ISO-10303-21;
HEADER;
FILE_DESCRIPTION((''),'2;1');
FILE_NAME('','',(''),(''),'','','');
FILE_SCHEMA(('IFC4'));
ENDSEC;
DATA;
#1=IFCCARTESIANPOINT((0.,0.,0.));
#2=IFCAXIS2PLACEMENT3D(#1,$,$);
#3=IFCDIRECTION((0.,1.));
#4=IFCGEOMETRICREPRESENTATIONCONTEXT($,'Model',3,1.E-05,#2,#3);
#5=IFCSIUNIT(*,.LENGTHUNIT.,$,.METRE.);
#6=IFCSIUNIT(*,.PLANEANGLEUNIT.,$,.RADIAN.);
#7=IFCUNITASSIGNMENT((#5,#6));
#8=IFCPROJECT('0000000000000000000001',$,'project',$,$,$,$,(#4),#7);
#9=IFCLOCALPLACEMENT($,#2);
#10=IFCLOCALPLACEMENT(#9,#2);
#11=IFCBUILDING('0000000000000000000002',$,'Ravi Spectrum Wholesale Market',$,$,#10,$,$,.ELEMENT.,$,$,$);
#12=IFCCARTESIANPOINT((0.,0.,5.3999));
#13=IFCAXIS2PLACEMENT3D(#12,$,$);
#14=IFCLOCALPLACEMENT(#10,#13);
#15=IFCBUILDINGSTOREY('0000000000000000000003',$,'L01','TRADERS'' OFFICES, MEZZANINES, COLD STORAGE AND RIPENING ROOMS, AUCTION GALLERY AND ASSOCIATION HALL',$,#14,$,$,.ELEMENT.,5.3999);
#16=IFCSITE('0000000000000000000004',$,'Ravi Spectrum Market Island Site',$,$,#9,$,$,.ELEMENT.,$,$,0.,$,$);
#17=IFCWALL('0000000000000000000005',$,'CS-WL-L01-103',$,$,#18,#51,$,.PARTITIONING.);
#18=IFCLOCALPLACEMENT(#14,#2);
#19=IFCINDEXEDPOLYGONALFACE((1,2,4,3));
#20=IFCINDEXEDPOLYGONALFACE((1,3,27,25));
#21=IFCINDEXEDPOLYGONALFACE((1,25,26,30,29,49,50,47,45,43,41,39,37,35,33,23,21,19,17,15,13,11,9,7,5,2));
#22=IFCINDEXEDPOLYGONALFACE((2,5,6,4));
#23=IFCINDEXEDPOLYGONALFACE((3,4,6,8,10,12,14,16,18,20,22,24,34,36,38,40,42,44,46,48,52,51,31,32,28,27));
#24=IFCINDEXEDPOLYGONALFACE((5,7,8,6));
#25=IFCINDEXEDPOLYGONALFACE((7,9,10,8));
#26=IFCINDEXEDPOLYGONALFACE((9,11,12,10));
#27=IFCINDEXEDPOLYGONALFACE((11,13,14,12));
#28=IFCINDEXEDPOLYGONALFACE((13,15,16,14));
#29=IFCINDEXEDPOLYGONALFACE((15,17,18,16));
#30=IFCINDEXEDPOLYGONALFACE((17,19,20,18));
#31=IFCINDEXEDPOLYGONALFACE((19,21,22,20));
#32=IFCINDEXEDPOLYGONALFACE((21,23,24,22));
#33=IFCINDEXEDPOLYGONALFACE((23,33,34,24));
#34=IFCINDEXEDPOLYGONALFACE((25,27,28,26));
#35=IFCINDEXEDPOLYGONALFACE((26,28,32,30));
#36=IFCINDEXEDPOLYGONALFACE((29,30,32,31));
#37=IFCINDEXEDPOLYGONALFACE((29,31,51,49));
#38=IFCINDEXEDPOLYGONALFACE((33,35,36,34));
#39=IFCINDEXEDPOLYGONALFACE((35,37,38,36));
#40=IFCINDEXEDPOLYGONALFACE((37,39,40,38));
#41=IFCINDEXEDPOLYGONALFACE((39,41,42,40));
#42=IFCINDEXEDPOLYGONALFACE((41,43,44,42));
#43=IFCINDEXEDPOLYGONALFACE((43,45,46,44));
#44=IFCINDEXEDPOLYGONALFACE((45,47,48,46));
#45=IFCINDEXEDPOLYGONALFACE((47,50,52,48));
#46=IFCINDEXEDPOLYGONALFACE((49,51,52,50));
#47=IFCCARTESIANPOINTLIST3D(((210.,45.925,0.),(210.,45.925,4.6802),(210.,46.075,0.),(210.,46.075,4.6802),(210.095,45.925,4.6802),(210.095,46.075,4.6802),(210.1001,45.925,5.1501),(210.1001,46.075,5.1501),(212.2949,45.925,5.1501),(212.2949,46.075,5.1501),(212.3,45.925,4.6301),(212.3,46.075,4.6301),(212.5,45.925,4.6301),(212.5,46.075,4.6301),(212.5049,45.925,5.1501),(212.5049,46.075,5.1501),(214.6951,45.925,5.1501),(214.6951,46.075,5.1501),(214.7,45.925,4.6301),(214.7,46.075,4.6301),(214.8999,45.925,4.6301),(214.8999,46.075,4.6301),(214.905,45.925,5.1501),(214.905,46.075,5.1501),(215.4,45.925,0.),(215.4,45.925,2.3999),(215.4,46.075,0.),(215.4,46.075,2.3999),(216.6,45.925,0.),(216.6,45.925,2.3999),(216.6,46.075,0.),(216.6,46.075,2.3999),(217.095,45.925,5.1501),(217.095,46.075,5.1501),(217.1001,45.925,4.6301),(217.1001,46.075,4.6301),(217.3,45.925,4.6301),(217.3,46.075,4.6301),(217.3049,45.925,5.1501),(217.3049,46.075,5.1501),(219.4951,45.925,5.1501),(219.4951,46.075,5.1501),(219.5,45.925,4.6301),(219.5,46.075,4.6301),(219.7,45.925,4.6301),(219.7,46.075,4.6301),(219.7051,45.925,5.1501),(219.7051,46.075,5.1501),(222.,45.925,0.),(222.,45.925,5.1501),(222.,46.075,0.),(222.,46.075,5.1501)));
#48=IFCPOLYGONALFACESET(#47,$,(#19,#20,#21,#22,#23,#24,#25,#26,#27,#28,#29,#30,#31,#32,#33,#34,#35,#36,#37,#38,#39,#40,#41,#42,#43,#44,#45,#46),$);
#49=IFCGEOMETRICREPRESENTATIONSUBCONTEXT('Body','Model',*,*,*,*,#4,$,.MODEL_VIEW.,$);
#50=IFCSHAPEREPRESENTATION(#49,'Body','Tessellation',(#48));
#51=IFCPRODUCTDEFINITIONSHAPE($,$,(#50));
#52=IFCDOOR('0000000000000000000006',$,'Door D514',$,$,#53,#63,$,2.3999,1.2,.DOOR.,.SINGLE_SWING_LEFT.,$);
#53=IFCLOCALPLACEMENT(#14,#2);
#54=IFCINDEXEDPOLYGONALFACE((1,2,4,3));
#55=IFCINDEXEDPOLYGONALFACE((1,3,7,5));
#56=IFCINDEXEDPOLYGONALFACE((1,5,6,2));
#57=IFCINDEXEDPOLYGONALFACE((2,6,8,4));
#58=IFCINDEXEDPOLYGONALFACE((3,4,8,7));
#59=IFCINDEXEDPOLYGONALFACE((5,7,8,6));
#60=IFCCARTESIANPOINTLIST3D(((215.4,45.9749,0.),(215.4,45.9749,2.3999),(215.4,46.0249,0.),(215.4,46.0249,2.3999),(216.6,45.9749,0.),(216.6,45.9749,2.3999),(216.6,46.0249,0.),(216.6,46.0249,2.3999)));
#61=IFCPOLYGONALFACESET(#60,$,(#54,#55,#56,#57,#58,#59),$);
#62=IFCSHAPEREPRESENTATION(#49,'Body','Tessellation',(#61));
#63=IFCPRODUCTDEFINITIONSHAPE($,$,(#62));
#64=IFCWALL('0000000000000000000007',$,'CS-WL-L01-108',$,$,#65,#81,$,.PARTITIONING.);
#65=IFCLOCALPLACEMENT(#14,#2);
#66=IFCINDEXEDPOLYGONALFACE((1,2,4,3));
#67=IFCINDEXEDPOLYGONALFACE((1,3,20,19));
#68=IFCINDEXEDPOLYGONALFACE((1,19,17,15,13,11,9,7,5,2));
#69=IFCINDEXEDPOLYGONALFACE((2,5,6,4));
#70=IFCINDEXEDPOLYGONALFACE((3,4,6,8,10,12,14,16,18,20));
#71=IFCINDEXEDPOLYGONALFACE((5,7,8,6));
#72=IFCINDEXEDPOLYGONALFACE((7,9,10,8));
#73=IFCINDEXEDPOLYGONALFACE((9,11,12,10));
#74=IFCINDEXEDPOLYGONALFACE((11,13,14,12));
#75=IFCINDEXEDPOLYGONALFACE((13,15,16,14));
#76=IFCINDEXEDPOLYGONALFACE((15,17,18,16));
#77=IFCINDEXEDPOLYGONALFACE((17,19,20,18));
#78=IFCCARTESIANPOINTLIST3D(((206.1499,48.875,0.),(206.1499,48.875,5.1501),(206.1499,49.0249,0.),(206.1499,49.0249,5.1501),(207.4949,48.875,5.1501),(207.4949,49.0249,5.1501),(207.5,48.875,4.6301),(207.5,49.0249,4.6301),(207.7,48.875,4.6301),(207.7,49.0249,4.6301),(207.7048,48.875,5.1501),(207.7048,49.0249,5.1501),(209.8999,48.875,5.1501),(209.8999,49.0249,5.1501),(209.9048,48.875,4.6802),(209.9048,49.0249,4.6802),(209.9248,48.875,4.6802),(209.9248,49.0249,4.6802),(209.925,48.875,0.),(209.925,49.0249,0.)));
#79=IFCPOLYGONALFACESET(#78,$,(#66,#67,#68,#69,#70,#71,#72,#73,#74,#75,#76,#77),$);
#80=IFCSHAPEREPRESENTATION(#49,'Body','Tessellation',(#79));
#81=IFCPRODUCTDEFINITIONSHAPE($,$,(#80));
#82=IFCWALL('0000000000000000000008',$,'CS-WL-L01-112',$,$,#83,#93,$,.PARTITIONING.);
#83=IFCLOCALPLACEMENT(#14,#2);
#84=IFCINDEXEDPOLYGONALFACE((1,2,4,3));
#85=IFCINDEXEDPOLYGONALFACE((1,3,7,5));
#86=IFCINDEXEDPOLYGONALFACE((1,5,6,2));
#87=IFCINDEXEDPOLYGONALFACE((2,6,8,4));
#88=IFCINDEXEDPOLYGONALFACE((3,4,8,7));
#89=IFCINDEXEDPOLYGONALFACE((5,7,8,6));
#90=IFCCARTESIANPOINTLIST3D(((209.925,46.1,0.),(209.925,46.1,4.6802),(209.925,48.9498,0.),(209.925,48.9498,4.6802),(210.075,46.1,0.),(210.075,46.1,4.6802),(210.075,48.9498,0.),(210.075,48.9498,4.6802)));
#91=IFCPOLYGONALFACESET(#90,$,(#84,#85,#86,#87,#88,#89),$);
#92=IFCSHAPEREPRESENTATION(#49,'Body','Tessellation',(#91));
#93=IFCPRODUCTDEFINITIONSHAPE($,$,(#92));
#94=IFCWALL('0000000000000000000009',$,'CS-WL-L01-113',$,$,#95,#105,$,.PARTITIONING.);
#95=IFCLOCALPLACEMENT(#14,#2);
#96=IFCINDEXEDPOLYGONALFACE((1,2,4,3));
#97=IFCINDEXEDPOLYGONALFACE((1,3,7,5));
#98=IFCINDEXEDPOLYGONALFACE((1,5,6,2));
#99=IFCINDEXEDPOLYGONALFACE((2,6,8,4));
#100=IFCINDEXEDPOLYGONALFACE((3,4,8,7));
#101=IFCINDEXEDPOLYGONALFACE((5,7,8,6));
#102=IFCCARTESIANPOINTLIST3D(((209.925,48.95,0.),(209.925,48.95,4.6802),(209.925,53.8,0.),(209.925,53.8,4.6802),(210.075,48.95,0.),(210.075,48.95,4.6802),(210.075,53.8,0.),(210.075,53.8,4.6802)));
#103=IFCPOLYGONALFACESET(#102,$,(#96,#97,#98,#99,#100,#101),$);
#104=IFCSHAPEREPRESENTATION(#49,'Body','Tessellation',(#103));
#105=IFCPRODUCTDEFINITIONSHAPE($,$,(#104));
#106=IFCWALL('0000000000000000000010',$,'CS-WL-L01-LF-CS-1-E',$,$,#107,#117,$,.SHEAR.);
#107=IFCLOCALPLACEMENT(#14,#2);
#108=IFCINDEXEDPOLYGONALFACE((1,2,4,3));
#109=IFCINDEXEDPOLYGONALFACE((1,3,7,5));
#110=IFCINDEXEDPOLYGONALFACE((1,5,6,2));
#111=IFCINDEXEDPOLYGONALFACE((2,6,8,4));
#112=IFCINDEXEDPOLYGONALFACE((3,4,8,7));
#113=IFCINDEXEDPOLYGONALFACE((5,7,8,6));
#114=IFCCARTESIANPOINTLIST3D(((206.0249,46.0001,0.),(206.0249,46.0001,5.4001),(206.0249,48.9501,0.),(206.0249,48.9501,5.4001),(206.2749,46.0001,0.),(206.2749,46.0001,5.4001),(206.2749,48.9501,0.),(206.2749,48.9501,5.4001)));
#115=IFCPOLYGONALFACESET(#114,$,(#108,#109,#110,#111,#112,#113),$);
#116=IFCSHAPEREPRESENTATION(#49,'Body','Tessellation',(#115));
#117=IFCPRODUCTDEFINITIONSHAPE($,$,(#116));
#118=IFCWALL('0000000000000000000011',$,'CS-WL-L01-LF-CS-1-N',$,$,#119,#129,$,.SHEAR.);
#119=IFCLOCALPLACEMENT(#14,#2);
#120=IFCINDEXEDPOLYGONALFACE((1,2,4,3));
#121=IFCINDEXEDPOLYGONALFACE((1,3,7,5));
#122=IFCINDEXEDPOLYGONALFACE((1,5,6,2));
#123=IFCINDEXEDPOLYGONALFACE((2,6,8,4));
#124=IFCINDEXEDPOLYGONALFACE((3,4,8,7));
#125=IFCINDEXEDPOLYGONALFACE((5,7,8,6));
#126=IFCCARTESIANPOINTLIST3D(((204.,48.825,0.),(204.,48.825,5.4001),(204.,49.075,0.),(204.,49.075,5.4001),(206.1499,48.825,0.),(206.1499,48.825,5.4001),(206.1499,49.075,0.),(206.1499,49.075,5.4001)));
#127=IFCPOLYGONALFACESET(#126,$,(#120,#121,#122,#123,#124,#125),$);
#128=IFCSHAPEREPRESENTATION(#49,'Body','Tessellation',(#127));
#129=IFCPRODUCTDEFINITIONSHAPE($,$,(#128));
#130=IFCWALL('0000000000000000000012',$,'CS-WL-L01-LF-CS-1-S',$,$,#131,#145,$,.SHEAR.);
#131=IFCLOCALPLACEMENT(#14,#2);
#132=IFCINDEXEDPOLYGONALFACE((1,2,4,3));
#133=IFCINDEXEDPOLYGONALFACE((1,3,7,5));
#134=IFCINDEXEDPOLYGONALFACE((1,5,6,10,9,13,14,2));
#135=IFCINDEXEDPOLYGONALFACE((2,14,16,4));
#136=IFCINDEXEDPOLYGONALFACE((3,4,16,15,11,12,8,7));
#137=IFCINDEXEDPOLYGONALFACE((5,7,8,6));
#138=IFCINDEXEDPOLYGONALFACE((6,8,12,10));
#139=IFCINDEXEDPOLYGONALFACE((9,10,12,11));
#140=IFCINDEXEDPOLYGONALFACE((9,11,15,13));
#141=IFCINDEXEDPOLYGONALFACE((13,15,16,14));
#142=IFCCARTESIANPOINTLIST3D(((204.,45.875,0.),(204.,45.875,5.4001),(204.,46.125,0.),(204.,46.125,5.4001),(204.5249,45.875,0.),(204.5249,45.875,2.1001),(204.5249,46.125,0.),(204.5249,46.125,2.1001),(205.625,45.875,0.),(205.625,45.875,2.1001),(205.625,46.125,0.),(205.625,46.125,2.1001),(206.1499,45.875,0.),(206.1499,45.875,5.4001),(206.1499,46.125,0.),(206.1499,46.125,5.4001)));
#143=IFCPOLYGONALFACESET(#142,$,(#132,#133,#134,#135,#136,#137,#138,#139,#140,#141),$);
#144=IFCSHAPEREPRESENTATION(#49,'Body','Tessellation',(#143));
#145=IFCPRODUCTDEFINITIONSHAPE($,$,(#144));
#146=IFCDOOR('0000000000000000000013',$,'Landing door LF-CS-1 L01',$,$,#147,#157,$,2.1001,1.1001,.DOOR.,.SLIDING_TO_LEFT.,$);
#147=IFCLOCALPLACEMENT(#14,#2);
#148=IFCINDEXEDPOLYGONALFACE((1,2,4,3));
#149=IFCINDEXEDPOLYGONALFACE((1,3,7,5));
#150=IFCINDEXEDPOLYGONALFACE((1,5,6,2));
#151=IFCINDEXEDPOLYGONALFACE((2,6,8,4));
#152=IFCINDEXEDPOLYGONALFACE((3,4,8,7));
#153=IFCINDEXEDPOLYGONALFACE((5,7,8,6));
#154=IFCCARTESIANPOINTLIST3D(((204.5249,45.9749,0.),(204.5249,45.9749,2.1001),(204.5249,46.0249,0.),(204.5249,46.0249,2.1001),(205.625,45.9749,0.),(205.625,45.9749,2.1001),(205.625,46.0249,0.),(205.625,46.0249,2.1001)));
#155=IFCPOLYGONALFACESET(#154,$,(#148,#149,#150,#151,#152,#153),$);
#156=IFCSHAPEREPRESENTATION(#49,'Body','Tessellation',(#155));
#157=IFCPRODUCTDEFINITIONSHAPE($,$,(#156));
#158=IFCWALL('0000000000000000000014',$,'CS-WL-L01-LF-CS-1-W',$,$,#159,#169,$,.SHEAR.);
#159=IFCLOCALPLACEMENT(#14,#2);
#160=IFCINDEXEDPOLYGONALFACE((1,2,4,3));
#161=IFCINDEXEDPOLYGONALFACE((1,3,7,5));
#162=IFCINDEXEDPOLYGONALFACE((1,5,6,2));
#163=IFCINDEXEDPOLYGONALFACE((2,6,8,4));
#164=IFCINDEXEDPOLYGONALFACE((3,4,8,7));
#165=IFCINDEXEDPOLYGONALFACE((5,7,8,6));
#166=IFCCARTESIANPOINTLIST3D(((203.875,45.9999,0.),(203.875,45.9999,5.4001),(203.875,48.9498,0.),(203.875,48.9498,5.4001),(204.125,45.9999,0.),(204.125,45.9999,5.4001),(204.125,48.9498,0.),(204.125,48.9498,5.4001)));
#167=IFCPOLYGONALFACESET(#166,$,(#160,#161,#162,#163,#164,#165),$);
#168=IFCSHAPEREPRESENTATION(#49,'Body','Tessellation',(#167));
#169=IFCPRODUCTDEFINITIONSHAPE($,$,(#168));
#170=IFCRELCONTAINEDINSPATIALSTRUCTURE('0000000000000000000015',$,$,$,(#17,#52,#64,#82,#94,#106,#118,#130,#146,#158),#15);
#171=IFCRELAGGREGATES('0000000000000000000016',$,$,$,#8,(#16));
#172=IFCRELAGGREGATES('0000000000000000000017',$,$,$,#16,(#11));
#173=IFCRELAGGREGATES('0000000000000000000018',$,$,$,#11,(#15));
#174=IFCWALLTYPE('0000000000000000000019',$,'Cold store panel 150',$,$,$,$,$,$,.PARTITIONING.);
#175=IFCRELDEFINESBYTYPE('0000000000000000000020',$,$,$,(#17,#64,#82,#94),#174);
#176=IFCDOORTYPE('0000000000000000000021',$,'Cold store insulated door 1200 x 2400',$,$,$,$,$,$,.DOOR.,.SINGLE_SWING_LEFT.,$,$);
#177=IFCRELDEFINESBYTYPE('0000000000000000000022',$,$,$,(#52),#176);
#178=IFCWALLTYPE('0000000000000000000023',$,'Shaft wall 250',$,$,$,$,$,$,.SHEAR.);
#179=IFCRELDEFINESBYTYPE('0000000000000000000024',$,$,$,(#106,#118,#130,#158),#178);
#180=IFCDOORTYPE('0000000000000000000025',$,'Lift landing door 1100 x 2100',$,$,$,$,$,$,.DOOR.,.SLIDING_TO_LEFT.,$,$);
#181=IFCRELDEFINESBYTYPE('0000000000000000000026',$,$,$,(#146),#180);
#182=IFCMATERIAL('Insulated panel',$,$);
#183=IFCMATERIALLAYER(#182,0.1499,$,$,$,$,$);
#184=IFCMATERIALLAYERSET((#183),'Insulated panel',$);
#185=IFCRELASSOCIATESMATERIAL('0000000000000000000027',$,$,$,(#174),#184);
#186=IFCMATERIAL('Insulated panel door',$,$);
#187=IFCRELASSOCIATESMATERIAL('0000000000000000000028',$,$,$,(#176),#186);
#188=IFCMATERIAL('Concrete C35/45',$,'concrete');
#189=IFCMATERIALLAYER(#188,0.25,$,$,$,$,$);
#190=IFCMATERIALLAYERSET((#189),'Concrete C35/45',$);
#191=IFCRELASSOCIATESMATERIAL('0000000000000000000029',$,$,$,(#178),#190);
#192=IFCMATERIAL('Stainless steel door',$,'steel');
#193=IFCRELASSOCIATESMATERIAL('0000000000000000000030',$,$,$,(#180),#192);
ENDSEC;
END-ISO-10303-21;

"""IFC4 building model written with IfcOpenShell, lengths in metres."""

from ifc_helpers import new_model, si_unit, direction, frame, frame_2d, origin, place, context, subcontext, project, spatial, polyline, rectangle, outline, extrude, material, layer, layer_set, type_object, element, fill, save


model = new_model("IFC4")

# Units and contexts
model_context = context("Model", 3, precision=1e-05, world=origin(), true_north=direction((0.0, 1.0)))
body_context = subcontext(model_context, "Body", "Model", "MODEL_VIEW")
ifc_project = project(units=[si_unit("LENGTHUNIT", "METRE"), si_unit("PLANEANGLEUNIT", "RADIAN")], contexts=[model_context])

# Site, building, storey
site_placement = place(None, origin())
site = spatial("IfcSite", under=ifc_project, at=site_placement, Name="Ravi Spectrum Market Island Site", CompositionType="ELEMENT", RefElevation=0.0)
building_placement = place(site_placement, origin())
building = spatial("IfcBuilding", under=site, at=building_placement, Name="Ravi Spectrum Wholesale Market", CompositionType="ELEMENT")
storey_placement = place(building_placement, frame((0.0, 0.0, 5.3999)))
storey = spatial("IfcBuildingStorey", under=building, at=storey_placement, Name="L01", Description="TRADERS' OFFICES, MEZZANINES, COLD STORAGE AND RIPENING ROOMS, AUCTION GALLERY AND ASSOCIATION HALL", CompositionType="ELEMENT", Elevation=5.3999)

# Wall, opening, door
ifc_material_1 = material(Name="Insulated panel")
ifc_layer_1 = layer(ifc_material_1, 0.1499)
ifc_layer_set_1 = layer_set([ifc_layer_1], Name="Insulated panel")
wall_type_1 = type_object("IfcWallType", Name="Cold store panel 150", PredefinedType="PARTITIONING", material=ifc_layer_set_1)
ifc_material_2 = material(Name="Insulated panel door")
door_type_1 = type_object("IfcDoorType", Name="Cold store insulated door 1200 x 2400", OperationType="SINGLE_SWING_LEFT", PredefinedType="DOOR", material=ifc_material_2)
wall_1_placement = place(storey_placement, frame((210.0, 46.0, 0.0), z_axis=(0.0, 0.0, 1.0), x_axis=(1.0, 0.0, 0.0)))
wall_1 = element("IfcWall", 1, at=wall_1_placement, inside=storey, type_object=wall_type_1, Name="CS-WL-L01-103", PredefinedType="PARTITIONING", context=body_context, shape_type="SweptSolid", body=[
    extrude(outline(polyline([(0.0, 0.0), (12.0, 0.0), (12.0, 5.1501), (9.7051, 5.1501), (9.7, 4.6301), (9.5, 4.6301), (9.4951, 5.1501), (7.3049, 5.1501), (7.3, 4.6301), (7.1001, 4.6301), (7.095, 5.1501), (4.905, 5.1501), (4.8999, 4.6301), (4.7, 4.6301), (4.6951, 5.1501), (2.5049, 5.1501), (2.5, 4.6301), (2.3, 4.6301), (2.2949, 5.1501), (0.1001, 5.1501), (0.095, 4.6802), (0.0, 4.6802), (0.0, 0.0)])), frame((0.0, 0.075, 0.0), z_axis=(0.0, -1.0, 0.0), x_axis=(1.0, 0.0, 0.0)), (0.0, 0.0, 1.0), 0.1499),
])
opening_1_placement = place(wall_1_placement, frame((5.3999, 0.0, 0.0)))
opening_1 = element("IfcOpeningElement", 2, at=opening_1_placement, cuts=wall_1, PredefinedType="OPENING", context=body_context, shape_type="SweptSolid", body=[
    extrude(rectangle(XDim=1.2, YDim=2.3999, at=frame_2d((0.6001, 1.2))), frame((0.0, 0.085, 0.0), z_axis=(0.0, -1.0, 0.0), x_axis=(1.0, 0.0, 0.0)), (0.0, 0.0, 1.0), 0.1699),
])
door_1_placement = place(opening_1_placement, origin())
door_1 = element("IfcDoor", 3, at=door_1_placement, inside=storey, type_object=door_type_1, Name="Door D514", OperationType="SINGLE_SWING_LEFT", OverallHeight=2.3999, OverallWidth=1.2, PredefinedType="DOOR", context=body_context, shape_type="SweptSolid", body=[
    extrude(rectangle(XDim=1.2, YDim=2.3999, at=frame_2d((0.6001, 1.2))), frame((0.0, 0.0249, 0.0), z_axis=(0.0, -1.0, 0.0), x_axis=(1.0, 0.0, 0.0)), (0.0, 0.0, 1.0), 0.05),
])
fill(opening_1, door_1)

# Walls
wall_2_placement = place(storey_placement, frame((206.1499, 48.95, 0.0), z_axis=(0.0, 0.0, 1.0), x_axis=(1.0, 0.0, 0.0)))
element("IfcWall", 4, at=wall_2_placement, inside=storey, type_object=wall_type_1, Name="CS-WL-L01-108", PredefinedType="PARTITIONING", context=body_context, shape_type="SweptSolid", body=[
    extrude(outline(polyline([(0.0, 0.0), (3.7751, 0.0), (3.7749, 4.6802), (3.7549, 4.6802), (3.75, 5.1501), (1.5549, 5.1501), (1.55, 4.6301), (1.3501, 4.6301), (1.345, 5.1501), (0.0, 5.1501), (0.0, 0.0)])), frame((0.0, 0.075, 0.0), z_axis=(0.0, -1.0, 0.0), x_axis=(1.0, 0.0, 0.0)), (0.0, 0.0, 1.0), 0.1499),
])
wall_3_placement = place(storey_placement, frame((210.0, 46.1001, 0.0), z_axis=(0.0, 0.0, 1.0), x_axis=(0.0, 1.0, 0.0)))
element("IfcWall", 5, at=wall_3_placement, inside=storey, type_object=wall_type_1, Name="CS-WL-L01-112", PredefinedType="PARTITIONING", context=body_context, shape_type="SweptSolid", body=[
    extrude(rectangle(XDim=2.8499, YDim=0.1499, at=frame_2d((1.4248, 0.0))), origin(), (0.0, 0.0, 1.0), 4.6802),
])
wall_4_placement = place(storey_placement, frame((210.0, 48.95, 0.0), z_axis=(0.0, 0.0, 1.0), x_axis=(0.0, 1.0, 0.0)))
element("IfcWall", 6, at=wall_4_placement, inside=storey, type_object=wall_type_1, Name="CS-WL-L01-113", PredefinedType="PARTITIONING", context=body_context, shape_type="SweptSolid", body=[
    extrude(rectangle(XDim=4.8501, YDim=0.1499, at=frame_2d((2.425, 0.0))), origin(), (0.0, 0.0, 1.0), 4.6802),
])
ifc_material_3 = material(Name="Concrete C35/45", Category="concrete")
ifc_layer_2 = layer(ifc_material_3, 0.25)
ifc_layer_set_2 = layer_set([ifc_layer_2], Name="Concrete C35/45")
wall_type_2 = type_object("IfcWallType", Name="Shaft wall 250", PredefinedType="SHEAR", material=ifc_layer_set_2)
wall_5_placement = place(storey_placement, frame((206.1499, 46.0, 0.0), z_axis=(0.0, 0.0, 1.0), x_axis=(0.0, 1.0, 0.0)))
element("IfcWall", 7, at=wall_5_placement, inside=storey, type_object=wall_type_2, Name="CS-WL-L01-LF-CS-1-E", PredefinedType="SHEAR", context=body_context, shape_type="SweptSolid", body=[
    extrude(rectangle(XDim=2.95, YDim=0.25, at=frame_2d((1.4751, 0.0))), origin(), (0.0, 0.0, 1.0), 5.4001),
])
wall_6_placement = place(storey_placement, frame((206.1499, 48.95, 0.0), z_axis=(0.0, 0.0, 1.0), x_axis=(-1.0, 0.0, 0.0)))
element("IfcWall", 8, at=wall_6_placement, inside=storey, type_object=wall_type_2, Name="CS-WL-L01-LF-CS-1-N", PredefinedType="SHEAR", context=body_context, shape_type="SweptSolid", body=[
    extrude(rectangle(XDim=2.1499, YDim=0.25, at=frame_2d((1.075, 0.0))), origin(), (0.0, 0.0, 1.0), 5.4001),
])

# Wall, opening, door
wall_7_placement = place(storey_placement, frame((204.0, 46.0, 0.0), z_axis=(0.0, 0.0, 1.0), x_axis=(1.0, 0.0, 0.0)))
wall_7 = element("IfcWall", 9, at=wall_7_placement, inside=storey, type_object=wall_type_2, Name="CS-WL-L01-LF-CS-1-S", PredefinedType="SHEAR", context=body_context, shape_type="SweptSolid", body=[
    extrude(rectangle(XDim=2.1499, YDim=0.25, at=frame_2d((1.075, 0.0))), origin(), (0.0, 0.0, 1.0), 5.4001),
])
opening_2_placement = place(wall_7_placement, frame((0.5249, 0.0, 0.0)))
opening_2 = element("IfcOpeningElement", 10, at=opening_2_placement, cuts=wall_7, PredefinedType="OPENING", context=body_context, shape_type="SweptSolid", body=[
    extrude(rectangle(XDim=1.1001, YDim=2.1001, at=frame_2d((0.55, 1.05))), frame((0.0, 0.135, 0.0), z_axis=(0.0, -1.0, 0.0), x_axis=(1.0, 0.0, 0.0)), (0.0, 0.0, 1.0), 0.27),
])
ifc_material_4 = material(Name="Stainless steel door", Category="steel")
door_type_2 = type_object("IfcDoorType", Name="Lift landing door 1100 x 2100", OperationType="SLIDING_TO_LEFT", PredefinedType="DOOR", material=ifc_material_4)
door_2_placement = place(opening_2_placement, origin())
door_2 = element("IfcDoor", 11, at=door_2_placement, inside=storey, type_object=door_type_2, Name="Landing door LF-CS-1 L01", OperationType="SLIDING_TO_LEFT", OverallHeight=2.1001, OverallWidth=1.1001, PredefinedType="DOOR", context=body_context, shape_type="SweptSolid", body=[
    extrude(rectangle(XDim=1.1001, YDim=2.1001, at=frame_2d((0.55, 1.05))), frame((0.0, 0.0249, 0.0), z_axis=(0.0, -1.0, 0.0), x_axis=(1.0, 0.0, 0.0)), (0.0, 0.0, 1.0), 0.05),
])
fill(opening_2, door_2)

# Wall
wall_8_placement = place(storey_placement, frame((204.0, 48.95, 0.0), z_axis=(0.0, 0.0, 1.0), x_axis=(0.0, -1.0, 0.0)))
element("IfcWall", 12, at=wall_8_placement, inside=storey, type_object=wall_type_2, Name="CS-WL-L01-LF-CS-1-W", PredefinedType="SHEAR", context=body_context, shape_type="SweptSolid", body=[
    extrude(rectangle(XDim=2.95, YDim=0.25, at=frame_2d((1.4751, 0.0))), origin(), (0.0, 0.0, 1.0), 5.4001),
])

save(model, "model.ifc")
